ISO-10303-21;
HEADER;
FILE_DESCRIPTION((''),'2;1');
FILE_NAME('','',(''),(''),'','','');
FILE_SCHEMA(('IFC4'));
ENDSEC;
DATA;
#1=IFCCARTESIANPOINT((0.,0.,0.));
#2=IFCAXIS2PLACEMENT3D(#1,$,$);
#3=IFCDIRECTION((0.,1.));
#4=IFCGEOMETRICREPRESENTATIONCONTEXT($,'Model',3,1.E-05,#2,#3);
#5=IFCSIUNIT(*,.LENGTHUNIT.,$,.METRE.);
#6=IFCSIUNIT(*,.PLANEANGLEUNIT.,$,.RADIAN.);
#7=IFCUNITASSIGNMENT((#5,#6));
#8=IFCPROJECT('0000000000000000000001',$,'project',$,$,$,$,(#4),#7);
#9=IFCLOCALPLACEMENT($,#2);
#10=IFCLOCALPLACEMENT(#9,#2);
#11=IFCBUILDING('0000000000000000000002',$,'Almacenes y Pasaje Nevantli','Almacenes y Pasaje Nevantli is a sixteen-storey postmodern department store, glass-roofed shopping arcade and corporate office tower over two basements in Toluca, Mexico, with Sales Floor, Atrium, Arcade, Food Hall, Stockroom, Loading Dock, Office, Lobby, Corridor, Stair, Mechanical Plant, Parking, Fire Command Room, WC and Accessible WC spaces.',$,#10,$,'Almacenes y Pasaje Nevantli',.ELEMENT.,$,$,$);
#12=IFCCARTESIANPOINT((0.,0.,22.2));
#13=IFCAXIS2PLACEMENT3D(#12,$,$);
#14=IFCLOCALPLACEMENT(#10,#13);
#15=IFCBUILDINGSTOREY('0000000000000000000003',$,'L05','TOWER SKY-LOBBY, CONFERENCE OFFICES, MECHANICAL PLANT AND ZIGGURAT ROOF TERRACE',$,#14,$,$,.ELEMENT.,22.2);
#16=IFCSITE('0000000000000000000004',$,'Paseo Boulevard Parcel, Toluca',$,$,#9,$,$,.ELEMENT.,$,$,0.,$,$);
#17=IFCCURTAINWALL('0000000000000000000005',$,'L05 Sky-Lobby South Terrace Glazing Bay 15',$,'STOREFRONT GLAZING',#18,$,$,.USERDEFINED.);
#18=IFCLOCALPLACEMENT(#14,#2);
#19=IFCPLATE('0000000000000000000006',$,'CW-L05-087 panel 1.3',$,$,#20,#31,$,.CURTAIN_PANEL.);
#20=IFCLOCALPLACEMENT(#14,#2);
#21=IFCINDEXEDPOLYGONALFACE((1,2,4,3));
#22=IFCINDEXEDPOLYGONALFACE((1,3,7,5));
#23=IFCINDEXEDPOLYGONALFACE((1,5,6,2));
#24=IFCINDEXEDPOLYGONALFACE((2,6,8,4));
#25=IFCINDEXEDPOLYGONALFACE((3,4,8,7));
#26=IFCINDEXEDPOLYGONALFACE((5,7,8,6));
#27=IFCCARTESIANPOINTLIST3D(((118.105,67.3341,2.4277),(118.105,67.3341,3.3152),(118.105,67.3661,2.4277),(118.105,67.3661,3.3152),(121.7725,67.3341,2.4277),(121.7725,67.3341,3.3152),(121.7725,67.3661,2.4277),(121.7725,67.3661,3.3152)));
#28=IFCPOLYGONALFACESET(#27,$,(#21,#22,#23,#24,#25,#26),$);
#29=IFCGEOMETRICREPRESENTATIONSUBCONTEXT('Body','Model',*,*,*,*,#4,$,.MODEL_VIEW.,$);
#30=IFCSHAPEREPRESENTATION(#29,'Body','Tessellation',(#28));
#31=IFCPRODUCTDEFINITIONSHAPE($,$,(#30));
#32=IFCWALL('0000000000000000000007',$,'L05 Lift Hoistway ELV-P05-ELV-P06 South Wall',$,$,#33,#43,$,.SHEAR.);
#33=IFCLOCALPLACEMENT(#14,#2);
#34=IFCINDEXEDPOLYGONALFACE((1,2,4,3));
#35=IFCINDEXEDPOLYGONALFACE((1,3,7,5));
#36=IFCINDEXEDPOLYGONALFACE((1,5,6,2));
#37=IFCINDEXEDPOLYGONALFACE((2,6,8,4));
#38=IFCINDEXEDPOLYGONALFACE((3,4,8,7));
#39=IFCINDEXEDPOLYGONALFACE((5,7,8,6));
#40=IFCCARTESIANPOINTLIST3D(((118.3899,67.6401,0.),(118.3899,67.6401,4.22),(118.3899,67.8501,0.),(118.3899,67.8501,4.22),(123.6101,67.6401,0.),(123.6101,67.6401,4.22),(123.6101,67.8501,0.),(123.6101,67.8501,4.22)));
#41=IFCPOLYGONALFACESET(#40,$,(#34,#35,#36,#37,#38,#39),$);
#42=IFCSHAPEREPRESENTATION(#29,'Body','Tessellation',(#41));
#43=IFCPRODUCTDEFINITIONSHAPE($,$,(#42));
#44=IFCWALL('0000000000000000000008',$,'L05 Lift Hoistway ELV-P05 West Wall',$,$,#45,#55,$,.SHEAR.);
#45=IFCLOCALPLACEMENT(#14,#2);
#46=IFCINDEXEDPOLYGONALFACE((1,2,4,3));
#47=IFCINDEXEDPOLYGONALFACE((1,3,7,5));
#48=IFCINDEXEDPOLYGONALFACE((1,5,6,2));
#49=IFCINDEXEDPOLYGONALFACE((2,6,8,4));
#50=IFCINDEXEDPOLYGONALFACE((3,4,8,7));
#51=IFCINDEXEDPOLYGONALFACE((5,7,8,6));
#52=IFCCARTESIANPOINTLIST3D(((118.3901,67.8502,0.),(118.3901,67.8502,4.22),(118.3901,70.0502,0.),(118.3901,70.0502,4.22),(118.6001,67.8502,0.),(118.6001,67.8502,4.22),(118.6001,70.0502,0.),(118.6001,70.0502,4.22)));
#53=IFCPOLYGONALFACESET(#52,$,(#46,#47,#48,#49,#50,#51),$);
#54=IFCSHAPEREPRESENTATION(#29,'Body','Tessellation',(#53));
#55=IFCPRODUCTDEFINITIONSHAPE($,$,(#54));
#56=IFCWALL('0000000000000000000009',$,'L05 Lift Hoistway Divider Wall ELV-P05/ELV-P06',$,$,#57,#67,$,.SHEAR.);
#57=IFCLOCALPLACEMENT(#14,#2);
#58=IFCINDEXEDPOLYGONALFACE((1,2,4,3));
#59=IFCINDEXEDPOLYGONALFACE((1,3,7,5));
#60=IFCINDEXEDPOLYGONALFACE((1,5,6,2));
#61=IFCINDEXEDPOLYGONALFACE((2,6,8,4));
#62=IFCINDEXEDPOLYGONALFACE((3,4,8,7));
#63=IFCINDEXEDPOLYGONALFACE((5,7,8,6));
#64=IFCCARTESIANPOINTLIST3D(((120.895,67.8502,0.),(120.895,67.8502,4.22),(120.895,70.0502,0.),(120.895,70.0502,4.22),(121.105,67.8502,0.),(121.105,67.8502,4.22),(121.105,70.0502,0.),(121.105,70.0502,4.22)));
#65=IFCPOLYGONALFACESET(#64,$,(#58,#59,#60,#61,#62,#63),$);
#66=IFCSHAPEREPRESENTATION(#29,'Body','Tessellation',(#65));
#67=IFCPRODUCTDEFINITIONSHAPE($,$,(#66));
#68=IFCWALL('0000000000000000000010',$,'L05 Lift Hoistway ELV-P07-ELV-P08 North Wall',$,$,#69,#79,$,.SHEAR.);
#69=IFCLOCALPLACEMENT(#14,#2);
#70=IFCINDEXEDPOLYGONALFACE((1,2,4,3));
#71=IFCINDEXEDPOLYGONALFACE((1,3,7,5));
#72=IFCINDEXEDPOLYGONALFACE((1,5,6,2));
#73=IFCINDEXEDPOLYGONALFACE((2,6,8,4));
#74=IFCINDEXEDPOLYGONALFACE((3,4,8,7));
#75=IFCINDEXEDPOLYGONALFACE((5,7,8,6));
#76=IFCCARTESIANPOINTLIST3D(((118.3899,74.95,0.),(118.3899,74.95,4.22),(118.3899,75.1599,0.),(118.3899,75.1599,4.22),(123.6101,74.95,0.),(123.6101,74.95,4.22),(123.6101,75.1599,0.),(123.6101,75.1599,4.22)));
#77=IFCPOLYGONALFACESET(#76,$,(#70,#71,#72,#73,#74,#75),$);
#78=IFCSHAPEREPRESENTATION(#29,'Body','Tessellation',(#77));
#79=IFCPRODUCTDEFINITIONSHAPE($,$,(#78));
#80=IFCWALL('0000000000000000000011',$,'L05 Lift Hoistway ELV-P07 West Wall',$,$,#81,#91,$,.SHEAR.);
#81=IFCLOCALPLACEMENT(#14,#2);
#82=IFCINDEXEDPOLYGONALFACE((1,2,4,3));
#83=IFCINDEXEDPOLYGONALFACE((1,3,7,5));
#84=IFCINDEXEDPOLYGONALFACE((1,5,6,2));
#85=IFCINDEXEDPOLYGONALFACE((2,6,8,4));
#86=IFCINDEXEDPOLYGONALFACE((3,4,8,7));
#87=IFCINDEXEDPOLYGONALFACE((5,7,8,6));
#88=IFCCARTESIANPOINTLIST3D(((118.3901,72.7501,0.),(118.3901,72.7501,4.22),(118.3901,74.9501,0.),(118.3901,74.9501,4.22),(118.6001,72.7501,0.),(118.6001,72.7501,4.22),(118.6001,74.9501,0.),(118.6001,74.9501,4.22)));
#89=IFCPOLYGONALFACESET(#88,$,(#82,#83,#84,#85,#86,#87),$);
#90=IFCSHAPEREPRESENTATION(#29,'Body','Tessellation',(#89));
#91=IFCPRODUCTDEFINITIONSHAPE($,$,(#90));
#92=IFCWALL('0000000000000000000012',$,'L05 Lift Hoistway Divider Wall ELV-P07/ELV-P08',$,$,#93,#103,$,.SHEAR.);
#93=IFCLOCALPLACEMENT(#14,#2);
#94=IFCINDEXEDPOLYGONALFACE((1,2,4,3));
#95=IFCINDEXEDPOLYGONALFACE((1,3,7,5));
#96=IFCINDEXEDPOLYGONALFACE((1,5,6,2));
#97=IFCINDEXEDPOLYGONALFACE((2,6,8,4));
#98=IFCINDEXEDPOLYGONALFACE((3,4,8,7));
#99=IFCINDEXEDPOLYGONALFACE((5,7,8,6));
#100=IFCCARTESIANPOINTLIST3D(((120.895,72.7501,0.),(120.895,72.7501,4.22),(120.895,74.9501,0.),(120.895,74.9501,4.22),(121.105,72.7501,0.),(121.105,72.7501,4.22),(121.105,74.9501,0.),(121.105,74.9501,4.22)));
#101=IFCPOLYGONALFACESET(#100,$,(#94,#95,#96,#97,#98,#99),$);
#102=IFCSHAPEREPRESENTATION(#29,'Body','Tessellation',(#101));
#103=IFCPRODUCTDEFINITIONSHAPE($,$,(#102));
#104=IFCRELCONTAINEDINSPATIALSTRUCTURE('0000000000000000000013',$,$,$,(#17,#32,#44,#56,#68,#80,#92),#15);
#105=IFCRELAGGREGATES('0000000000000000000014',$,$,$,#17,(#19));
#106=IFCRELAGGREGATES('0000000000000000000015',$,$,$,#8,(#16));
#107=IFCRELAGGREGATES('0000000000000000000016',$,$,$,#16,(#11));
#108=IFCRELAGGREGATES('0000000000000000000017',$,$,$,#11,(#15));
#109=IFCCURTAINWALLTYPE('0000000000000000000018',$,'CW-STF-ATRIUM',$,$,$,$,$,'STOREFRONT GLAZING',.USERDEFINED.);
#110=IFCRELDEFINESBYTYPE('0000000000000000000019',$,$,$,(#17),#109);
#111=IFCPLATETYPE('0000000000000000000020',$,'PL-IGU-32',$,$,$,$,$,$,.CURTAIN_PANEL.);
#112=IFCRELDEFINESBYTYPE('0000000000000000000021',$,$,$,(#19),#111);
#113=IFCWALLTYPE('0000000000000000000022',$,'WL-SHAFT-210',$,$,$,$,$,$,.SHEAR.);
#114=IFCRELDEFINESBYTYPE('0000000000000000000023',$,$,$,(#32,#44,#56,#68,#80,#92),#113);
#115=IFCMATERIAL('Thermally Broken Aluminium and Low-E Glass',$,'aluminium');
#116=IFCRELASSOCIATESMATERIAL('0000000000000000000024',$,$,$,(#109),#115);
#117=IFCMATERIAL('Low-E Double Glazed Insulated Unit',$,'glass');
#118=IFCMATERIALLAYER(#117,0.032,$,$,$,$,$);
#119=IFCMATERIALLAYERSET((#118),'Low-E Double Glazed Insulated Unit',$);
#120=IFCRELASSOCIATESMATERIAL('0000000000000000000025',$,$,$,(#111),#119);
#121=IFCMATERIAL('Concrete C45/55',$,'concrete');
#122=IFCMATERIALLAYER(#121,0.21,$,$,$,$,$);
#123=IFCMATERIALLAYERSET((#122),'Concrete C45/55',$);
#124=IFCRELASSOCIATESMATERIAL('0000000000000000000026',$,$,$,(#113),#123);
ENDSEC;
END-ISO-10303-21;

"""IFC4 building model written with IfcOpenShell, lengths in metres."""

from ifc_helpers import new_model, si_unit, direction, frame, frame_2d, origin, origin_2d, place, context, subcontext, project, spatial, rectangle, extrude, material, layer, layer_set, type_object, element, aggregate, save


model = new_model("IFC4")

# Units and contexts
model_context = context("Model", 3, precision=1e-05, world=origin(), true_north=direction((0.0, 1.0)))
body_context = subcontext(model_context, "Body", "Model", "MODEL_VIEW")
ifc_project = project(units=[si_unit("LENGTHUNIT", "METRE"), si_unit("PLANEANGLEUNIT", "RADIAN")], contexts=[model_context])

# Site, building, storey
site_placement = place(None, origin())
site = spatial("IfcSite", under=ifc_project, at=site_placement, Name="Paseo Boulevard Parcel, Toluca", CompositionType="ELEMENT", RefElevation=0.0)
building_placement = place(site_placement, origin())
building = spatial("IfcBuilding", under=site, at=building_placement, Name="Almacenes y Pasaje Nevantli", Description="Almacenes y Pasaje Nevantli is a sixteen-storey postmodern department store, glass-roofed shopping arcade and corporate office tower over two basements in Toluca, Mexico, with Sales Floor, Atrium, Arcade, Food Hall, Stockroom, Loading Dock, Office, Lobby, Corridor, Stair, Mechanical Plant, Parking, Fire Command Room, WC and Accessible WC spaces.", LongName="Almacenes y Pasaje Nevantli", CompositionType="ELEMENT")
storey_placement = place(building_placement, frame((0.0, 0.0, 22.2)))
storey = spatial("IfcBuildingStorey", under=building, at=storey_placement, Name="L05", Description="TOWER SKY-LOBBY, CONFERENCE OFFICES, MECHANICAL PLANT AND ZIGGURAT ROOF TERRACE", CompositionType="ELEMENT", Elevation=22.2)

# Curtain wall, plate
ifc_material_1 = material(Name="Thermally Broken Aluminium and Low-E Glass", Category="aluminium")
curtain_wall_type = type_object("IfcCurtainWallType", Name="CW-STF-ATRIUM", ElementType="STOREFRONT GLAZING", PredefinedType="USERDEFINED", material=ifc_material_1)
curtain_wall_placement = place(storey_placement, origin())
curtain_wall = element("IfcCurtainWall", 1, at=curtain_wall_placement, inside=storey, type_object=curtain_wall_type, Name="L05 Sky-Lobby South Terrace Glazing Bay 15", ObjectType="STOREFRONT GLAZING", PredefinedType="USERDEFINED")
ifc_material_2 = material(Name="Low-E Double Glazed Insulated Unit", Category="glass")
ifc_layer_1 = layer(ifc_material_2, 0.032)
ifc_layer_set_1 = layer_set([ifc_layer_1], Name="Low-E Double Glazed Insulated Unit")
plate_type = type_object("IfcPlateType", Name="PL-IGU-32", PredefinedType="CURTAIN_PANEL", material=ifc_layer_set_1)
plate_1_placement = place(storey_placement, frame((119.9387, 67.3501, 2.4277), z_axis=(0.0, 0.0, 1.0), x_axis=(1.0, 0.0, 0.0)))
plate_1 = element("IfcPlate", 2, at=plate_1_placement, type_object=plate_type, Name="CW-L05-087 panel 1.3", PredefinedType="CURTAIN_PANEL", context=body_context, shape_type="SweptSolid", body=[
    extrude(rectangle(XDim=3.6675, YDim=0.032, at=origin_2d()), origin(), (0.0, 0.0, 1.0), 0.8875),
])
aggregate(curtain_wall, [plate_1])

# Wall
ifc_material_3 = material(Name="Concrete C45/55", Category="concrete")
ifc_layer_2 = layer(ifc_material_3, 0.21)
ifc_layer_set_2 = layer_set([ifc_layer_2], Name="Concrete C45/55")
wall_type = type_object("IfcWallType", Name="WL-SHAFT-210", PredefinedType="SHEAR", material=ifc_layer_set_2)
wall_1_placement = place(storey_placement, frame((118.3899, 67.7451, 0.0), z_axis=(0.0, 0.0, 1.0), x_axis=(1.0, 0.0, 0.0)))
element("IfcWall", 3, at=wall_1_placement, inside=storey, type_object=wall_type, Name="L05 Lift Hoistway ELV-P05-ELV-P06 South Wall", PredefinedType="SHEAR", context=body_context, shape_type="SweptSolid", body=[
    extrude(rectangle(XDim=5.2202, YDim=0.21, at=frame_2d((2.6101, 0.0))), origin(), (0.0, 0.0, 1.0), 4.22),
])

# Walls
for number, where, z_axis, x_axis, name in (
    (4, (118.4951, 67.8501, 0.0), (0.0, 0.0, 1.0), (0.0, 1.0, 0.0), "L05 Lift Hoistway ELV-P05 West Wall"),
    (5, (121.0, 67.8501, 0.0), (0.0, 0.0, 1.0), (0.0, 1.0, 0.0), "L05 Lift Hoistway Divider Wall ELV-P05/ELV-P06"),
):
    element("IfcWall", number, at=place(storey_placement, frame(where, z_axis=z_axis, x_axis=x_axis)), inside=storey, type_object=wall_type, Name=name, PredefinedType="SHEAR", context=body_context, shape_type="SweptSolid", body=[
        extrude(rectangle(XDim=2.2, YDim=0.21, at=frame_2d((1.1001, 0.0))), origin(), (0.0, 0.0, 1.0), 4.22),
    ])

# Walls
wall_2_placement = place(storey_placement, frame((118.3899, 75.0549, 0.0), z_axis=(0.0, 0.0, 1.0), x_axis=(1.0, 0.0, 0.0)))
element("IfcWall", 6, at=wall_2_placement, inside=storey, type_object=wall_type, Name="L05 Lift Hoistway ELV-P07-ELV-P08 North Wall", PredefinedType="SHEAR", context=body_context, shape_type="SweptSolid", body=[
    extrude(rectangle(XDim=5.2202, YDim=0.21, at=frame_2d((2.6101, 0.0))), origin(), (0.0, 0.0, 1.0), 4.22),
])
for number, where, z_axis, x_axis, name in (
    (7, (118.4951, 72.75, 0.0), (0.0, 0.0, 1.0), (0.0, 1.0, 0.0), "L05 Lift Hoistway ELV-P07 West Wall"),
    (8, (121.0, 72.75, 0.0), (0.0, 0.0, 1.0), (0.0, 1.0, 0.0), "L05 Lift Hoistway Divider Wall ELV-P07/ELV-P08"),
):
    element("IfcWall", number, at=place(storey_placement, frame(where, z_axis=z_axis, x_axis=x_axis)), inside=storey, type_object=wall_type, Name=name, PredefinedType="SHEAR", context=body_context, shape_type="SweptSolid", body=[
        extrude(rectangle(XDim=2.2, YDim=0.21, at=frame_2d((1.1001, 0.0))), origin(), (0.0, 0.0, 1.0), 4.22),
    ])

save(model, "model.ifc")
